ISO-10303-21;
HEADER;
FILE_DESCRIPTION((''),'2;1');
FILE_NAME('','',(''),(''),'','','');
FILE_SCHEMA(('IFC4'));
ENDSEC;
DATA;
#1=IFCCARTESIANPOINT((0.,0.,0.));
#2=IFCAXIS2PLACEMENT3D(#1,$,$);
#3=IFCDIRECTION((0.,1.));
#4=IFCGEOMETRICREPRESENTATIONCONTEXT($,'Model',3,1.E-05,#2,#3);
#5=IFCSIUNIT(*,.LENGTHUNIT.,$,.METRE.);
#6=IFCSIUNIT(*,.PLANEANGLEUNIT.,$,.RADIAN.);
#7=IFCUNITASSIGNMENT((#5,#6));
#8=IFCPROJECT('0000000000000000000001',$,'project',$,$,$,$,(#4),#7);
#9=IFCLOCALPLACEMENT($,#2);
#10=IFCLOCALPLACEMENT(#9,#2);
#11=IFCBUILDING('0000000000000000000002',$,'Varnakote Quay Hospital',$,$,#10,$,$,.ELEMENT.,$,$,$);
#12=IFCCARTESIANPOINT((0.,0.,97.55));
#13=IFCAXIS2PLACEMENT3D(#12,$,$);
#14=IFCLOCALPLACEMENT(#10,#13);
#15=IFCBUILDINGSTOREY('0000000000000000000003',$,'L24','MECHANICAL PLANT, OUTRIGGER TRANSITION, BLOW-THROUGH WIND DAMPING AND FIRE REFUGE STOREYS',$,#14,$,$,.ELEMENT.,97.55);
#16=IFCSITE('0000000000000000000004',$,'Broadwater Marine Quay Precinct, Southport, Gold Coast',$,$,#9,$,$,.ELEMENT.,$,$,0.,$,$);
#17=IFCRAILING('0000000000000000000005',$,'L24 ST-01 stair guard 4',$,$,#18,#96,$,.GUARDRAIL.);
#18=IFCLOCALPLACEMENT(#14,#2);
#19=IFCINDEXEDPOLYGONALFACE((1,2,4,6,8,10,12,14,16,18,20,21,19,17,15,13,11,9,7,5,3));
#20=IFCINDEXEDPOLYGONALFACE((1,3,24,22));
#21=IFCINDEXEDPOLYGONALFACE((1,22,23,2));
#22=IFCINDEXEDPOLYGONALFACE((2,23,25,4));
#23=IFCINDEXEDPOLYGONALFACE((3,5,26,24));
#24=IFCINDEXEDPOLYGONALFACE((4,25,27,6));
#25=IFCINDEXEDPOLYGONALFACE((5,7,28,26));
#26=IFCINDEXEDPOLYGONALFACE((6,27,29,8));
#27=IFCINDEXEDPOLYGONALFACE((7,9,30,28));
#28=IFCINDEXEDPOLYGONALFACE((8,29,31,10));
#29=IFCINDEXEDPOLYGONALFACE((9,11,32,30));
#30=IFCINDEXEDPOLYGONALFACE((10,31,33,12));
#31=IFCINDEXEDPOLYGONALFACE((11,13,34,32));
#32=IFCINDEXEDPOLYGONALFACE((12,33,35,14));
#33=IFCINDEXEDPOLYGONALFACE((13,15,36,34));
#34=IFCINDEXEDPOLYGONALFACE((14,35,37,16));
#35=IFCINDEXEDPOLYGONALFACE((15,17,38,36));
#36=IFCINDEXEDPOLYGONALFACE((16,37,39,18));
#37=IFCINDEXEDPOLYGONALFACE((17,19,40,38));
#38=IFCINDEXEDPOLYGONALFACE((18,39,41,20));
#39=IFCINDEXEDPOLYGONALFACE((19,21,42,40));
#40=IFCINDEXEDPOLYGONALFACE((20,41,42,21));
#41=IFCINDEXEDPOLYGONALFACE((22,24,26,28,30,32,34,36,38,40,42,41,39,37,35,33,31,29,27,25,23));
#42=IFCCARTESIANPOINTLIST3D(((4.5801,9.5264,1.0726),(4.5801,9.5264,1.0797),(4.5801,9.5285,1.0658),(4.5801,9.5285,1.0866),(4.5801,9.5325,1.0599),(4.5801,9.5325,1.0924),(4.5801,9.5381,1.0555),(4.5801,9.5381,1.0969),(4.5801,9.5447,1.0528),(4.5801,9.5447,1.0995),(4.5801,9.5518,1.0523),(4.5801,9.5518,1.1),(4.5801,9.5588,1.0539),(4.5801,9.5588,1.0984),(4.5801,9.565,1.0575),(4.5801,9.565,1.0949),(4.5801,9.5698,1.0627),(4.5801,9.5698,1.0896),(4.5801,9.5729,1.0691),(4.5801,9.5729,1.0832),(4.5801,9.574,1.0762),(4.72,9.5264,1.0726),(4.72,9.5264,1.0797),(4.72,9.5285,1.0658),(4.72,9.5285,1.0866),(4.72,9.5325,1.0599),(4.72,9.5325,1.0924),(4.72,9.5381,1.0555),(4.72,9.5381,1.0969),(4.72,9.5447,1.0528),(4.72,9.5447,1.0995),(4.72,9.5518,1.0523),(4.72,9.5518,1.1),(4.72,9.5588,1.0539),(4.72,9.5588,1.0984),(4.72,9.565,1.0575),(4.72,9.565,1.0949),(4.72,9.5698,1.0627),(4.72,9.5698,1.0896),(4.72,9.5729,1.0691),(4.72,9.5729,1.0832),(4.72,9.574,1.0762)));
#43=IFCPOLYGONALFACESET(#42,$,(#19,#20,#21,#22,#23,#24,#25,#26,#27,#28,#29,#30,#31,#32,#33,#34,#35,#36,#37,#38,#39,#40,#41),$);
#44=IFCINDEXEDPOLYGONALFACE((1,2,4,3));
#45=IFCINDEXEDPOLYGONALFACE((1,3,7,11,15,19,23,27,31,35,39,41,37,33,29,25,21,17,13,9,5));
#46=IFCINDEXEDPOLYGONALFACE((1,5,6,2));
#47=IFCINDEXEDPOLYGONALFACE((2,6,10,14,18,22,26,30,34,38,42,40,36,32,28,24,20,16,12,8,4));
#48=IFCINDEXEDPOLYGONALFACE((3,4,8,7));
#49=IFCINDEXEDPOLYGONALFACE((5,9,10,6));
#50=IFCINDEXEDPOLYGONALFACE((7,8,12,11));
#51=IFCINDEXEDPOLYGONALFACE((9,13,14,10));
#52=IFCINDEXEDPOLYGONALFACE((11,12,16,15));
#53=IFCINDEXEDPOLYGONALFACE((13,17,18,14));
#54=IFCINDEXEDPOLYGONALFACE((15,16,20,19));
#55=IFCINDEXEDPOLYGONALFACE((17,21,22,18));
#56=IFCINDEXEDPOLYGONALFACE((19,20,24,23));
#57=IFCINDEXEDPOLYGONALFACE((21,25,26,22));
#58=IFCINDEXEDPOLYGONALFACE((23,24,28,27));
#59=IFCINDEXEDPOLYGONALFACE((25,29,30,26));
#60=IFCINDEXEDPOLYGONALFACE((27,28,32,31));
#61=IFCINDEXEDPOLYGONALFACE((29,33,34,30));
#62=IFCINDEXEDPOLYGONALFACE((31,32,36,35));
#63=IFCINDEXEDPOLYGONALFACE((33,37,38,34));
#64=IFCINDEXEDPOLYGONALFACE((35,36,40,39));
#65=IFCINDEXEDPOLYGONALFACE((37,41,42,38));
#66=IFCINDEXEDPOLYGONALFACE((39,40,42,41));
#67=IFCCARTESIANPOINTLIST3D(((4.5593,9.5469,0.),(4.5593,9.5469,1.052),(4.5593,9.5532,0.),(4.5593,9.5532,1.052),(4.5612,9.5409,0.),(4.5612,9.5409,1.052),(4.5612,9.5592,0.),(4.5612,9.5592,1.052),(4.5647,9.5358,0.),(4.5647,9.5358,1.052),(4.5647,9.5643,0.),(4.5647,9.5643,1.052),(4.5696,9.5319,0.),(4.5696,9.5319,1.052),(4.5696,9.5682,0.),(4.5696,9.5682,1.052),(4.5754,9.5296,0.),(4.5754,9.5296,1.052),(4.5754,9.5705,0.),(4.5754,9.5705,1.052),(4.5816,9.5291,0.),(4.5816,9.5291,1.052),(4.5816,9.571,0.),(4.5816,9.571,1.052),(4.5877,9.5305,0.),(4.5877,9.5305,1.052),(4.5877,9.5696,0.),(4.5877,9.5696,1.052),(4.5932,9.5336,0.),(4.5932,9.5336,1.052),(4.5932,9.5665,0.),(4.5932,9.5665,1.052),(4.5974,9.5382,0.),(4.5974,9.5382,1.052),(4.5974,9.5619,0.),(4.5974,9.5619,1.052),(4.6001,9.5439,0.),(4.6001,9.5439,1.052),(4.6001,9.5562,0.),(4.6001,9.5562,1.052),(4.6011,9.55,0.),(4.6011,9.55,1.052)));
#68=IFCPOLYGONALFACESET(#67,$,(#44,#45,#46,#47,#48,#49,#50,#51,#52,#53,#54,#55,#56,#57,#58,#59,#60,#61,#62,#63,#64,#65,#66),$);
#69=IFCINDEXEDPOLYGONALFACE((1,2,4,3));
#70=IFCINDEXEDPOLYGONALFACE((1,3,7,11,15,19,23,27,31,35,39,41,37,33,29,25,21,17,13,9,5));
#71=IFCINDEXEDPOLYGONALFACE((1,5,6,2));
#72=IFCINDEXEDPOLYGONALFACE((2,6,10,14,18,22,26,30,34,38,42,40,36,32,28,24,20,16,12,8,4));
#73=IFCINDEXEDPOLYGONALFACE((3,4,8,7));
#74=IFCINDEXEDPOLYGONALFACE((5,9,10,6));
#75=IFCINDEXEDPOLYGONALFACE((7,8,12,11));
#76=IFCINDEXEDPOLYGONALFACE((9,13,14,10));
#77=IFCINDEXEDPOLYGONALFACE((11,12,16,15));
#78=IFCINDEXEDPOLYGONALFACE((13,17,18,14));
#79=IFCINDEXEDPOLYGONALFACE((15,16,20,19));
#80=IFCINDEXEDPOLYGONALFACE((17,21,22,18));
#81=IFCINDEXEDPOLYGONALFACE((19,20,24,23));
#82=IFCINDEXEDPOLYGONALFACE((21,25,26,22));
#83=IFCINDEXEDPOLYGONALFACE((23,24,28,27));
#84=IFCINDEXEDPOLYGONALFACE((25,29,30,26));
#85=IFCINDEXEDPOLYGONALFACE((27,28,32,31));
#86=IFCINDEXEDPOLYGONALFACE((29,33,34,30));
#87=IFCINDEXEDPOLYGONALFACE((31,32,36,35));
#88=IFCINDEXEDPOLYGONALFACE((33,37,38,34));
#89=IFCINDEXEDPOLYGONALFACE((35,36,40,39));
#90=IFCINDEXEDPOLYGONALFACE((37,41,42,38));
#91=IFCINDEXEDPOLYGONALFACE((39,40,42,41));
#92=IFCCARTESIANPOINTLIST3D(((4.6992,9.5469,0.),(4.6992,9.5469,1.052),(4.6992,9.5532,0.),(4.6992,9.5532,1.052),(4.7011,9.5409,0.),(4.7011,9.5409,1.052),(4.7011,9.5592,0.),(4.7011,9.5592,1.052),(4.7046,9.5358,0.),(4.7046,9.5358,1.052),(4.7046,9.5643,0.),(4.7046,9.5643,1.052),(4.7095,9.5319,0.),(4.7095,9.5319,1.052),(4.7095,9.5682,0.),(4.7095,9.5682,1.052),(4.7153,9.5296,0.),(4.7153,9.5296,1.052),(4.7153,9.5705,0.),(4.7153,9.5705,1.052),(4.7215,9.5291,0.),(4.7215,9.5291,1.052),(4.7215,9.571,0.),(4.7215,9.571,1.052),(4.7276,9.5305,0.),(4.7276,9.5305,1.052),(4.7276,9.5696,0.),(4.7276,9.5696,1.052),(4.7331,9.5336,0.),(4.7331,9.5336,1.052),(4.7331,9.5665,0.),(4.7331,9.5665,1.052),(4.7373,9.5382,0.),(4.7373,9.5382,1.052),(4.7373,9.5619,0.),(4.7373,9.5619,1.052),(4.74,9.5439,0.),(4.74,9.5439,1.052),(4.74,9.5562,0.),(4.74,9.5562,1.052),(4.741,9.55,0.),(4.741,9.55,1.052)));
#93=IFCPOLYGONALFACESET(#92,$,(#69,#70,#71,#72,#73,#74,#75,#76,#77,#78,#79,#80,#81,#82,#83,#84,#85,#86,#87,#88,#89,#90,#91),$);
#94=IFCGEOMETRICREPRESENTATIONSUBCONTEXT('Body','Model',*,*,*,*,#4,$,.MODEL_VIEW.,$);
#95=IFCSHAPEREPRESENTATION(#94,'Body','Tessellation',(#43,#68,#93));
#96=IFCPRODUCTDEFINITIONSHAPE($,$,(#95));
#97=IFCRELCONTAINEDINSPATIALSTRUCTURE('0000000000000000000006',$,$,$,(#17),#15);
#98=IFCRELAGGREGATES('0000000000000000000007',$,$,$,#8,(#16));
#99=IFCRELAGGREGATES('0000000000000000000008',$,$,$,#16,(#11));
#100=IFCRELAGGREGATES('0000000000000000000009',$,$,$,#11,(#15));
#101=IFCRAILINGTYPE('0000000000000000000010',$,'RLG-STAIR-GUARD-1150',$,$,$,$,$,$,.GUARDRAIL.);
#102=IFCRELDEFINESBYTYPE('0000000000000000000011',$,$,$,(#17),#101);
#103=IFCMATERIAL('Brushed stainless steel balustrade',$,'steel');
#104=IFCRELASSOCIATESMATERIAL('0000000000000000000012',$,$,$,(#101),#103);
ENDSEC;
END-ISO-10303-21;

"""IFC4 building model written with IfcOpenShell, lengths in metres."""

from ifc_helpers import new_model, si_unit, direction, frame, origin, origin_2d, place, context, subcontext, project, spatial, circle, extrude, material, type_object, element, save


model = new_model("IFC4")

# Units and contexts
model_context = context("Model", 3, precision=1e-05, world=origin(), true_north=direction((0.0, 1.0)))
body_context = subcontext(model_context, "Body", "Model", "MODEL_VIEW")
ifc_project = project(units=[si_unit("LENGTHUNIT", "METRE"), si_unit("PLANEANGLEUNIT", "RADIAN")], contexts=[model_context])

# Site, building, storey
site_placement = place(None, origin())
site = spatial("IfcSite", under=ifc_project, at=site_placement, Name="Broadwater Marine Quay Precinct, Southport, Gold Coast", CompositionType="ELEMENT", RefElevation=0.0)
building_placement = place(site_placement, origin())
building = spatial("IfcBuilding", under=site, at=building_placement, Name="Varnakote Quay Hospital", CompositionType="ELEMENT")
storey_placement = place(building_placement, frame((0.0, 0.0, 97.55)))
storey = spatial("IfcBuildingStorey", under=building, at=storey_placement, Name="L24", Description="MECHANICAL PLANT, OUTRIGGER TRANSITION, BLOW-THROUGH WIND DAMPING AND FIRE REFUGE STOREYS", CompositionType="ELEMENT", Elevation=97.55)

# Railing
ifc_material_1 = material(Name="Brushed stainless steel balustrade", Category="steel")
railing_type = type_object("IfcRailingType", Name="RLG-STAIR-GUARD-1150", PredefinedType="GUARDRAIL", material=ifc_material_1)
railing_1_placement = place(storey_placement, frame((4.5801, 9.55, 0.0)))
element("IfcRailing", 1, at=railing_1_placement, inside=storey, type_object=railing_type, Name="L24 ST-01 stair guard 4", PredefinedType="GUARDRAIL", context=body_context, shape_type="SweptSolid", body=[
    extrude(circle(Radius=0.0239, at=origin_2d()), frame((0.0, 0.0, 1.0762), z_axis=(1.0, 0.0, 0.0), x_axis=(0.0, 1.0, 0.0)), (0.0, 0.0, 1.0), 0.1399),
    extrude(circle(Radius=0.021, at=origin_2d()), origin(), (0.0, 0.0, 1.0), 1.052),
    extrude(circle(Radius=0.021, at=origin_2d()), frame((0.1399, 0.0, 0.0)), (0.0, 0.0, 1.0), 1.052),
])

save(model, "model.ifc")
